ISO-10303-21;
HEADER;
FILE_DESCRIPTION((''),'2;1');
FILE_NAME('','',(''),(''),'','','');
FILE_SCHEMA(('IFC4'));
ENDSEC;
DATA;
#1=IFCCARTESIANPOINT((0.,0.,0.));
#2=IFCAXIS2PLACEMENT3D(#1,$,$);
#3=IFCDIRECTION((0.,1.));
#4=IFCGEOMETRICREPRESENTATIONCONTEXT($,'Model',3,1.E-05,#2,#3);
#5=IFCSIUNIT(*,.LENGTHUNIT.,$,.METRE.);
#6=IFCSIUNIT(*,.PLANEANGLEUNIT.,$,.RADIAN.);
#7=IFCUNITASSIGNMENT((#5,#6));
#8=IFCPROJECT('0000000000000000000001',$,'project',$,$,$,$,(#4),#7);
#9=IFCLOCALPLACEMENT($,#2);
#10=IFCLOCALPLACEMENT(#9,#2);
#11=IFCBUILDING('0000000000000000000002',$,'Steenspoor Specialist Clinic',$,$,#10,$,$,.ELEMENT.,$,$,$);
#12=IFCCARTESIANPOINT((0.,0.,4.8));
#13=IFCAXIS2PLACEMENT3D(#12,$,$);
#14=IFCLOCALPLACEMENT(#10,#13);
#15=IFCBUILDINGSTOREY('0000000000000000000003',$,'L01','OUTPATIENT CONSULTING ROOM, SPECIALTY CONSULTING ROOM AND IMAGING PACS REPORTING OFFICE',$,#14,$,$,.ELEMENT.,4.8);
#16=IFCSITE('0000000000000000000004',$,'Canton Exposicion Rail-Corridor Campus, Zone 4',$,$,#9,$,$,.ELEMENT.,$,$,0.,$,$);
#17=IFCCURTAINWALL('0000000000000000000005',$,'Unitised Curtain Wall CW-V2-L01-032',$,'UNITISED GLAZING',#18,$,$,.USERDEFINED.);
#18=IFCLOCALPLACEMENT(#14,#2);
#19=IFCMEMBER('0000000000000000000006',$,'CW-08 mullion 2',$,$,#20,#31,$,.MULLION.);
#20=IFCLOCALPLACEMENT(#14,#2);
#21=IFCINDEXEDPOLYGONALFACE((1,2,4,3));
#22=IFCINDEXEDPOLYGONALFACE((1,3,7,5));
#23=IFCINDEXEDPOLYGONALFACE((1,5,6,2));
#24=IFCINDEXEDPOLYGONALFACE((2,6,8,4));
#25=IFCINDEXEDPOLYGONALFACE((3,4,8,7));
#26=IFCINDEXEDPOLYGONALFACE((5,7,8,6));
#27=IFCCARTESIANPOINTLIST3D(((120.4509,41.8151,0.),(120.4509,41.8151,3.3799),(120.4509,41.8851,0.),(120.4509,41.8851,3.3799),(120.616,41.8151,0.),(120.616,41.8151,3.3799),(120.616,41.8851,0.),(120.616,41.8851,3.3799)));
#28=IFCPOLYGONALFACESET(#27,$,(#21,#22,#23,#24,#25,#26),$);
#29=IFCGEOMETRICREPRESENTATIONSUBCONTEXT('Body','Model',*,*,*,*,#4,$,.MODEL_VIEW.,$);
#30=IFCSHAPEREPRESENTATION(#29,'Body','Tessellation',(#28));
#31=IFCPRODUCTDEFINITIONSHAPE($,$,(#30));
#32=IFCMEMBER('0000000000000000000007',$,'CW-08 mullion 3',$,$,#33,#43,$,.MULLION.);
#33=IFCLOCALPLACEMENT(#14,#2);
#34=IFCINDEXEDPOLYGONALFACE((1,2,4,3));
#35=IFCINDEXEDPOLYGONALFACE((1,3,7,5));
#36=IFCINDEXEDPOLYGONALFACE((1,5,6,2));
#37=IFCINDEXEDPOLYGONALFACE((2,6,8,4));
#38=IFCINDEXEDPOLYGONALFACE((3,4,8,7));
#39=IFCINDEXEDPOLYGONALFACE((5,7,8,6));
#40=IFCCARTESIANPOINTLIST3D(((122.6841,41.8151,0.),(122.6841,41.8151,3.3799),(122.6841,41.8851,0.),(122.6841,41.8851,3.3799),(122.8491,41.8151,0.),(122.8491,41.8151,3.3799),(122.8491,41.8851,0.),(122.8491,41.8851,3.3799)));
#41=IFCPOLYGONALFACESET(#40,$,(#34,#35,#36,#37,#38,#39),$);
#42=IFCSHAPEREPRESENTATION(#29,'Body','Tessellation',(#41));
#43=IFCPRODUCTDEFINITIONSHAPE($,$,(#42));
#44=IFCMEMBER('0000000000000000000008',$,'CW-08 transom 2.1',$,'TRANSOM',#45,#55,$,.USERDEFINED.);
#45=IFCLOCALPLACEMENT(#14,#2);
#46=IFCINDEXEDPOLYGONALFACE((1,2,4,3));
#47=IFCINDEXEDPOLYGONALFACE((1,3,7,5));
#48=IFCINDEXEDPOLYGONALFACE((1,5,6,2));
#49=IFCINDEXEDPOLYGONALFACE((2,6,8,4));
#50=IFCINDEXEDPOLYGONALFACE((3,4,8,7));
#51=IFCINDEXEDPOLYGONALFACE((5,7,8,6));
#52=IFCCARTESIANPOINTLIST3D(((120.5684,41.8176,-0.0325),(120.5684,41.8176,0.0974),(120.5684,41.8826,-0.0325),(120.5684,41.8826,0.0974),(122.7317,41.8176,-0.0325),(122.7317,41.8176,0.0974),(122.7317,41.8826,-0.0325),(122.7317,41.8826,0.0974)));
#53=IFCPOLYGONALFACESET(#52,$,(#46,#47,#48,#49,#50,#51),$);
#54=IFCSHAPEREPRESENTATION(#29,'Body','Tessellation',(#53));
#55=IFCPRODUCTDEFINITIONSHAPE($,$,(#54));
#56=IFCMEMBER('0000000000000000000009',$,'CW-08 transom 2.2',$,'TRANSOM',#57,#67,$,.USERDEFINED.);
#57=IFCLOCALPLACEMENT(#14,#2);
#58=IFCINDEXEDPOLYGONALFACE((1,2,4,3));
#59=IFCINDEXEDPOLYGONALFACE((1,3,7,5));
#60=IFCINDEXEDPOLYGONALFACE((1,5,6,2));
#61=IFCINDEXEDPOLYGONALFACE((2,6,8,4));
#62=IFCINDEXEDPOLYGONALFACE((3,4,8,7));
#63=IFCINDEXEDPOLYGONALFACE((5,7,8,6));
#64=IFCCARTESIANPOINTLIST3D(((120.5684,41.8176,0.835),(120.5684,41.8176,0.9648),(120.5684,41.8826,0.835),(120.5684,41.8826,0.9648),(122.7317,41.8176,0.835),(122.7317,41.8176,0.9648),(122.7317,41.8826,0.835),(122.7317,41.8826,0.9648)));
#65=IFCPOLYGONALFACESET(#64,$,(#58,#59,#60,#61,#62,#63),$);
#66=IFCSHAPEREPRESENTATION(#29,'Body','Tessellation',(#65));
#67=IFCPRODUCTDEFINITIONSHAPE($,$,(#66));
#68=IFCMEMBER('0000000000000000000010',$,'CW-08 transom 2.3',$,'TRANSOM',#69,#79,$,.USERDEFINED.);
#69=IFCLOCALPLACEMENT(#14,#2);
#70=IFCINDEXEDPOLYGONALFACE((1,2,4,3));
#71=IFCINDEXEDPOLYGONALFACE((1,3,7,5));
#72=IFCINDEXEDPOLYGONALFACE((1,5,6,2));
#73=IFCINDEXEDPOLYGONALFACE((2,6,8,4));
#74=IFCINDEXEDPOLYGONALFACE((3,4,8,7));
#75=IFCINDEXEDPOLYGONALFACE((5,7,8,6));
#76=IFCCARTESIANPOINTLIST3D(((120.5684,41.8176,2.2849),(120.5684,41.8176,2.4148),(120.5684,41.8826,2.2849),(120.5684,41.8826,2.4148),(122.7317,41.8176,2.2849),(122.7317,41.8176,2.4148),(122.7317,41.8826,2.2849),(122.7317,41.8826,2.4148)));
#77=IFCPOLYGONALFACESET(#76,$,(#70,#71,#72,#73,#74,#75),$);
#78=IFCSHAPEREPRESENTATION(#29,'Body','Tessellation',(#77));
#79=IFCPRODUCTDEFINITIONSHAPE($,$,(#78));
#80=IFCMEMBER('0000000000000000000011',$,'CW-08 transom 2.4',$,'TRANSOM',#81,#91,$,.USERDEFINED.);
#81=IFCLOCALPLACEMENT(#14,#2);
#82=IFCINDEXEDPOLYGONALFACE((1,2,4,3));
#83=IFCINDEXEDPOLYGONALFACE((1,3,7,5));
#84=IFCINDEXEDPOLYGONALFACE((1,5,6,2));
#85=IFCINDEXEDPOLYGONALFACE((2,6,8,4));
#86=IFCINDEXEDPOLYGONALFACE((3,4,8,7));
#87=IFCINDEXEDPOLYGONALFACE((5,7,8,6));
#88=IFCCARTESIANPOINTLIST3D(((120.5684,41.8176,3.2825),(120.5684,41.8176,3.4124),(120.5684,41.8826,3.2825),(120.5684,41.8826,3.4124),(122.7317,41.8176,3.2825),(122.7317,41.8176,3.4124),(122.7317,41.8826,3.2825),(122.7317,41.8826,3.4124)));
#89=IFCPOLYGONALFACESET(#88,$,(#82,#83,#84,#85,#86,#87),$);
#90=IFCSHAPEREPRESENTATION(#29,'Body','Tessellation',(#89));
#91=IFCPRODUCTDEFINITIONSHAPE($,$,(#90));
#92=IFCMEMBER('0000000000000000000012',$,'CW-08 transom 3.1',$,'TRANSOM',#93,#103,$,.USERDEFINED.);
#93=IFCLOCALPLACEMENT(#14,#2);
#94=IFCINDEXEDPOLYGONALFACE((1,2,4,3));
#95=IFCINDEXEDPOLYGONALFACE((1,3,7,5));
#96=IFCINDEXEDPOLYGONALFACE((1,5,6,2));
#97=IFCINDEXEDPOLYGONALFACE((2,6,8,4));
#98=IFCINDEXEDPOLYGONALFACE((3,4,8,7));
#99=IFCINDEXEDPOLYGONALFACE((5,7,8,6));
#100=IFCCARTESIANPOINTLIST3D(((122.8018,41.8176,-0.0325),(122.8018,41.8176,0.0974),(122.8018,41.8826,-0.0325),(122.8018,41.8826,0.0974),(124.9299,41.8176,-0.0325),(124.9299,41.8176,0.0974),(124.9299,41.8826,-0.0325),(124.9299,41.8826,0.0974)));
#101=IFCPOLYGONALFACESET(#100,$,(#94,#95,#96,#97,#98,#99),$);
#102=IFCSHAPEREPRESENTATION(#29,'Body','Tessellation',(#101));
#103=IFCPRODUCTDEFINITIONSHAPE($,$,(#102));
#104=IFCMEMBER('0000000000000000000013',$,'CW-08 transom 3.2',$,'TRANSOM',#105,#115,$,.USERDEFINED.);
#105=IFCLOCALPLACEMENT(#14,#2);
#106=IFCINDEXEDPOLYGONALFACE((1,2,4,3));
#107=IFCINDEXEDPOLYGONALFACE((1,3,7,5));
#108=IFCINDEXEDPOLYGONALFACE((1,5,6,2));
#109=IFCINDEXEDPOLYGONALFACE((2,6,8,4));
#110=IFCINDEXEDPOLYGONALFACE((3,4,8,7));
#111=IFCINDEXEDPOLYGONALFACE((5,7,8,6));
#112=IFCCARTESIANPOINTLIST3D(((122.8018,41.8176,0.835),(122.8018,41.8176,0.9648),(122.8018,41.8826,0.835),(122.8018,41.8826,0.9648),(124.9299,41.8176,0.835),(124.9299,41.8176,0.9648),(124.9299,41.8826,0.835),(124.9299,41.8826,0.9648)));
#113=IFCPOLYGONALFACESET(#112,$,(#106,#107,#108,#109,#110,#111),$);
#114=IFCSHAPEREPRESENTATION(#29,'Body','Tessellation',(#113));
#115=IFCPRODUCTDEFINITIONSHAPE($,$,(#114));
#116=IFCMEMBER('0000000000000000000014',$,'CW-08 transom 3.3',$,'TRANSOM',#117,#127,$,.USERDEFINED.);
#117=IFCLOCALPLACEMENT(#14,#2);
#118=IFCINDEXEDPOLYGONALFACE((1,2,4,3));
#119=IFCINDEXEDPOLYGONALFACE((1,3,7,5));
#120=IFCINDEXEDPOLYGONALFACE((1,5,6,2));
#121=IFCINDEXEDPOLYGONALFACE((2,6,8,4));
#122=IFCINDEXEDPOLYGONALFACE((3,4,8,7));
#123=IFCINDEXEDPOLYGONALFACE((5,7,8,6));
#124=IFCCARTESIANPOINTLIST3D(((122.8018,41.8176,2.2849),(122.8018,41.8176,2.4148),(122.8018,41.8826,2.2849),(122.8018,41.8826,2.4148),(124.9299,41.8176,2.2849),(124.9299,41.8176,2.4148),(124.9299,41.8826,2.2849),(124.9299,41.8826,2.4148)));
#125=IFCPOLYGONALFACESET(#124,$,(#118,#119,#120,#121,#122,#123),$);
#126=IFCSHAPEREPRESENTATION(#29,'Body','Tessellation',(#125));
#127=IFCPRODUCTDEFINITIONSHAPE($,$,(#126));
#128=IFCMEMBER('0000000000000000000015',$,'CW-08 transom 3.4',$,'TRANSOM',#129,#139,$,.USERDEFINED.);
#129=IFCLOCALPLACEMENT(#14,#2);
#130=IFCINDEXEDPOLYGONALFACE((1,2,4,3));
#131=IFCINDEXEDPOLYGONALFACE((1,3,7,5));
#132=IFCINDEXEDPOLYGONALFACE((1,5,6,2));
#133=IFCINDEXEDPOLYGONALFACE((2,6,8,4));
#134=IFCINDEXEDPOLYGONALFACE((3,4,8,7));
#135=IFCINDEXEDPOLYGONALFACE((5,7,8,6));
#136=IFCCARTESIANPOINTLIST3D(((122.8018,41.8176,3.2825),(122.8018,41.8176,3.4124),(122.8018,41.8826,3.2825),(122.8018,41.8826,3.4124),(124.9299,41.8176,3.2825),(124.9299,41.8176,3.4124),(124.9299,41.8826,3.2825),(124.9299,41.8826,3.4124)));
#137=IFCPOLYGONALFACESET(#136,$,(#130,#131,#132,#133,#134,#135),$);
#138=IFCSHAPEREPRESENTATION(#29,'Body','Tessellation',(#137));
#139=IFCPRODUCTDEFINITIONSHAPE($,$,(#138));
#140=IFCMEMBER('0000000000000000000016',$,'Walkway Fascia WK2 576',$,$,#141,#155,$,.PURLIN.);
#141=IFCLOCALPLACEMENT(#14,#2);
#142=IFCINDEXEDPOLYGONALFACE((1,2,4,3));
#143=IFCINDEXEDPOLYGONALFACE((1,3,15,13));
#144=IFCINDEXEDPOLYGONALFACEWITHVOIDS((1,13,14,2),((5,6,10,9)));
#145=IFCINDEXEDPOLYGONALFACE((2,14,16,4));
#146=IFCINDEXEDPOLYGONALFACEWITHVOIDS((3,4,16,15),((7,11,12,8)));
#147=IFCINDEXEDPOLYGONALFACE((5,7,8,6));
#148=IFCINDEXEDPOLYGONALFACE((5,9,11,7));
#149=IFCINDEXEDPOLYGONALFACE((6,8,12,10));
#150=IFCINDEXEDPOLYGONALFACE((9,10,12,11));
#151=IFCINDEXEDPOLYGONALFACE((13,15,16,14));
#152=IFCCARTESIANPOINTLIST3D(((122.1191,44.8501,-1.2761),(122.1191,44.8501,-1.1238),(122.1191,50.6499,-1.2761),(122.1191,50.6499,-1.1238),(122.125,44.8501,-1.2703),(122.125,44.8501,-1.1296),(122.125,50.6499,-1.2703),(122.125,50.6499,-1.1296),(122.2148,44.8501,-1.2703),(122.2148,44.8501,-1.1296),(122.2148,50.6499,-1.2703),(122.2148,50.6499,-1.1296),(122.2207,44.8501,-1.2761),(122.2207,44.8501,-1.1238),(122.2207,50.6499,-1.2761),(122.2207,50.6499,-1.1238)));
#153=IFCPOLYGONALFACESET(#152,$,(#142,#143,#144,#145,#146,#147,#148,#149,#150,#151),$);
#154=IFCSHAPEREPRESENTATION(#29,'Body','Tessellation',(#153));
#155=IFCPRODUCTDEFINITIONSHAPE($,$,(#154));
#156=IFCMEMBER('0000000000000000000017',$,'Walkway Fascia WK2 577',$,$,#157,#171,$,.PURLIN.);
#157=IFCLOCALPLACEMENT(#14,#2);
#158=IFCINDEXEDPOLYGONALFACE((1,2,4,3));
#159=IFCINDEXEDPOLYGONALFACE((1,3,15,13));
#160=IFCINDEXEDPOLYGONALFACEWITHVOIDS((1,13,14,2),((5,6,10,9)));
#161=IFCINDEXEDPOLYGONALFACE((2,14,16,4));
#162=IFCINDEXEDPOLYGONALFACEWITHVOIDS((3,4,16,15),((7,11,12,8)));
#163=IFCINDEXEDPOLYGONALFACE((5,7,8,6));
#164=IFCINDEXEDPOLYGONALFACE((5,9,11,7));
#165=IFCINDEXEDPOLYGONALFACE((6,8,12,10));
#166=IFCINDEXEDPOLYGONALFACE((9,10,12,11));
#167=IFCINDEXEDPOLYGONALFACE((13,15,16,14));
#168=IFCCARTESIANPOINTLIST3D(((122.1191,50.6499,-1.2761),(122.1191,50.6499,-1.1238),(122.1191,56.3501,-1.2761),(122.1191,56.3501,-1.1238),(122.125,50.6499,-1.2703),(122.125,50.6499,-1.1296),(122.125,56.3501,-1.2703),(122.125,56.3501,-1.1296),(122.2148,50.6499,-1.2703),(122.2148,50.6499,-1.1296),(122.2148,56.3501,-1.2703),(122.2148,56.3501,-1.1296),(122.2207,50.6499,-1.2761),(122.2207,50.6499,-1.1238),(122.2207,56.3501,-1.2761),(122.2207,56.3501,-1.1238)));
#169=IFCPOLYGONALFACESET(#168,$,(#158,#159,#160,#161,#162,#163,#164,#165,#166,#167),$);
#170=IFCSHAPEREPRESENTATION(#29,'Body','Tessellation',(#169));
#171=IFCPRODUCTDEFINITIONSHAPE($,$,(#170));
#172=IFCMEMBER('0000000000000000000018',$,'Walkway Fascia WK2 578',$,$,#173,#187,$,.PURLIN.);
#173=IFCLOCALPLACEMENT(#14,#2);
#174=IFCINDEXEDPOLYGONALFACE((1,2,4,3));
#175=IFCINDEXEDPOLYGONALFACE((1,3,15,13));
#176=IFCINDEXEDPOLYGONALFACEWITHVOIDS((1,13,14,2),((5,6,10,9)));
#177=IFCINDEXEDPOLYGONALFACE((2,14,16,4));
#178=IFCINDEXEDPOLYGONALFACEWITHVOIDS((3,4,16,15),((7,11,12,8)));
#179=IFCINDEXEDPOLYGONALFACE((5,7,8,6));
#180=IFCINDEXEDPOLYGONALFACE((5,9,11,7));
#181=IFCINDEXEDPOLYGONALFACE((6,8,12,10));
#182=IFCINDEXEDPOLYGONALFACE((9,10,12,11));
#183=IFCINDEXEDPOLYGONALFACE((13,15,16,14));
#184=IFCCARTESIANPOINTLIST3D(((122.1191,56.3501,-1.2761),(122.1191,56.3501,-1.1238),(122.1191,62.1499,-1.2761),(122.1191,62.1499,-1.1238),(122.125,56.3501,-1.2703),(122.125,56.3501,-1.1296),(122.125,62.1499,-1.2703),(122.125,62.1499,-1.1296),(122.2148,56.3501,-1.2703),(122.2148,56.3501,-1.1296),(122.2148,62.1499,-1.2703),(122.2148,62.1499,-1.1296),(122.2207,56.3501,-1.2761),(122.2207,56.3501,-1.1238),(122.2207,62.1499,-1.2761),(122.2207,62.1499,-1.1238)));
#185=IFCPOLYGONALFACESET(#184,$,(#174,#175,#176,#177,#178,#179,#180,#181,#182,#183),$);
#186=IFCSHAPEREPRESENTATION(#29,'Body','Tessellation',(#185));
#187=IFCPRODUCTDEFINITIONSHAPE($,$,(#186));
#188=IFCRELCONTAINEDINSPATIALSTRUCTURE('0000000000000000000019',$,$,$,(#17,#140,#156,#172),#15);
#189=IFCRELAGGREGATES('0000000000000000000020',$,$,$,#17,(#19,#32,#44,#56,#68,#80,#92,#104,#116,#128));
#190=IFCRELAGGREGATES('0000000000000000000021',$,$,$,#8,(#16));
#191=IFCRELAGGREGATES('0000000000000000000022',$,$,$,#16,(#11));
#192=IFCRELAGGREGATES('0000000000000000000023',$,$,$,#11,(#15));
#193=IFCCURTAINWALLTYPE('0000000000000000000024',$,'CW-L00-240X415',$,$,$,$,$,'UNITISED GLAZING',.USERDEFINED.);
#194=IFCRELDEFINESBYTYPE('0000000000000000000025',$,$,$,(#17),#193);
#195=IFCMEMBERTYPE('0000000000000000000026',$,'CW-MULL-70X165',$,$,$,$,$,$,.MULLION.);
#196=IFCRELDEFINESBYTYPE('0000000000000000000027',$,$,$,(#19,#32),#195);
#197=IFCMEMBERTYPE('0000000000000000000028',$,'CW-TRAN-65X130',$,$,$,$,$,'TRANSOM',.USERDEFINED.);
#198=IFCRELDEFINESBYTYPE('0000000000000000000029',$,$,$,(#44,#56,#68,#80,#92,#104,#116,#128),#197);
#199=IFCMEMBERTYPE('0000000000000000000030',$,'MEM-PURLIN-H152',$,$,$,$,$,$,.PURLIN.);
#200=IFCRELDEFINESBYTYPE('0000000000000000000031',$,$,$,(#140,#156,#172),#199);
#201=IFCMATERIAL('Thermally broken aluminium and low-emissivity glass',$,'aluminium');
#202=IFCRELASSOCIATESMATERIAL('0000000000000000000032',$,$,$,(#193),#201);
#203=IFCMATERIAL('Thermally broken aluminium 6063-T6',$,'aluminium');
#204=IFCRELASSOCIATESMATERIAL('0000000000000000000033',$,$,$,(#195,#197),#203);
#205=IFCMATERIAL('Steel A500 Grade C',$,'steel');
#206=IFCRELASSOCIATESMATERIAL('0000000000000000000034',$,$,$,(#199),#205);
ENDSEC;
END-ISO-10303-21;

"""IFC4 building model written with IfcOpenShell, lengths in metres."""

from ifc_helpers import new_model, si_unit, direction, frame, origin, origin_2d, place, context, subcontext, project, spatial, rectangle, hollow_rectangle, extrude, material, material_profile, profile_set, type_object, element, aggregate, save


model = new_model("IFC4")

# Units and contexts
model_context = context("Model", 3, precision=1e-05, world=origin(), true_north=direction((0.0, 1.0)))
body_context = subcontext(model_context, "Body", "Model", "MODEL_VIEW")
ifc_project = project(units=[si_unit("LENGTHUNIT", "METRE"), si_unit("PLANEANGLEUNIT", "RADIAN")], contexts=[model_context])

# Site, building, storey
site_placement = place(None, origin())
site = spatial("IfcSite", under=ifc_project, at=site_placement, Name="Canton Exposicion Rail-Corridor Campus, Zone 4", CompositionType="ELEMENT", RefElevation=0.0)
building_placement = place(site_placement, origin())
building = spatial("IfcBuilding", under=site, at=building_placement, Name="Steenspoor Specialist Clinic", CompositionType="ELEMENT")
storey_placement = place(building_placement, frame((0.0, 0.0, 4.8)))
storey = spatial("IfcBuildingStorey", under=building, at=storey_placement, Name="L01", Description="OUTPATIENT CONSULTING ROOM, SPECIALTY CONSULTING ROOM AND IMAGING PACS REPORTING OFFICE", CompositionType="ELEMENT", Elevation=4.8)

# Curtain wall, members
ifc_material_1 = material(Name="Thermally broken aluminium and low-emissivity glass", Category="aluminium")
curtain_wall_type = type_object("IfcCurtainWallType", Name="CW-L00-240X415", ElementType="UNITISED GLAZING", PredefinedType="USERDEFINED", material=ifc_material_1)
curtain_wall_placement = place(storey_placement, origin())
curtain_wall = element("IfcCurtainWall", 1, at=curtain_wall_placement, inside=storey, type_object=curtain_wall_type, Name="Unitised Curtain Wall CW-V2-L01-032", ObjectType="UNITISED GLAZING", PredefinedType="USERDEFINED")
ifc_material_2 = material(Name="Thermally broken aluminium 6063-T6", Category="aluminium")
ifc_material_profile_1 = material_profile(ifc_material_2, rectangle(XDim=0.0701, YDim=0.165, at=origin_2d()), Name="CWM-70X165")
ifc_profile_set_1 = profile_set([ifc_material_profile_1], Name="Thermally broken aluminium 6063-T6")
member_type_1 = type_object("IfcMemberType", Name="CW-MULL-70X165", PredefinedType="MULLION", material=ifc_profile_set_1)
member_1_placement = place(storey_placement, frame((120.5334, 41.8501, 0.0), z_axis=(0.0, 0.0, 1.0), x_axis=(0.0, 1.0, 0.0)))
member_1 = element("IfcMember", 2, at=member_1_placement, type_object=member_type_1, Name="CW-08 mullion 2", PredefinedType="MULLION", context=body_context, shape_type="SweptSolid", body=[
    extrude(rectangle(XDim=0.0701, YDim=0.165, at=origin_2d()), origin(), (0.0, 0.0, 1.0), 3.3799),
])
member_2_placement = place(storey_placement, frame((122.7666, 41.8501, 0.0), z_axis=(0.0, 0.0, 1.0), x_axis=(0.0, 1.0, 0.0)))
member_2 = element("IfcMember", 3, at=member_2_placement, type_object=member_type_1, Name="CW-08 mullion 3", PredefinedType="MULLION", context=body_context, shape_type="SweptSolid", body=[
    extrude(rectangle(XDim=0.0701, YDim=0.165, at=origin_2d()), origin(), (0.0, 0.0, 1.0), 3.3799),
])
ifc_material_profile_2 = material_profile(ifc_material_2, rectangle(XDim=0.0649, YDim=0.1299, at=origin_2d()), Name="CWT-65X130")
ifc_profile_set_2 = profile_set([ifc_material_profile_2], Name="Thermally broken aluminium 6063-T6")
member_type_2 = type_object("IfcMemberType", Name="CW-TRAN-65X130", ElementType="TRANSOM", PredefinedType="USERDEFINED", material=ifc_profile_set_2)
member_3_placement = place(storey_placement, frame((120.5684, 41.8501, 0.0325), z_axis=(1.0, 0.0, 0.0), x_axis=(0.0, 1.0, 0.0)))
member_3 = element("IfcMember", 4, at=member_3_placement, type_object=member_type_2, Name="CW-08 transom 2.1", ObjectType="TRANSOM", PredefinedType="USERDEFINED", context=body_context, shape_type="SweptSolid", body=[
    extrude(rectangle(XDim=0.0649, YDim=0.1299, at=origin_2d()), origin(), (0.0, 0.0, 1.0), 2.1633),
])
member_4_placement = place(storey_placement, frame((120.5684, 41.8501, 0.8999), z_axis=(1.0, 0.0, 0.0), x_axis=(0.0, 1.0, 0.0)))
member_4 = element("IfcMember", 5, at=member_4_placement, type_object=member_type_2, Name="CW-08 transom 2.2", ObjectType="TRANSOM", PredefinedType="USERDEFINED", context=body_context, shape_type="SweptSolid", body=[
    extrude(rectangle(XDim=0.0649, YDim=0.1299, at=origin_2d()), origin(), (0.0, 0.0, 1.0), 2.1633),
])
member_5_placement = place(storey_placement, frame((120.5684, 41.8501, 2.3499), z_axis=(1.0, 0.0, 0.0), x_axis=(0.0, 1.0, 0.0)))
member_5 = element("IfcMember", 6, at=member_5_placement, type_object=member_type_2, Name="CW-08 transom 2.3", ObjectType="TRANSOM", PredefinedType="USERDEFINED", context=body_context, shape_type="SweptSolid", body=[
    extrude(rectangle(XDim=0.0649, YDim=0.1299, at=origin_2d()), origin(), (0.0, 0.0, 1.0), 2.1633),
])
member_6_placement = place(storey_placement, frame((120.5684, 41.8501, 3.3474), z_axis=(1.0, 0.0, 0.0), x_axis=(0.0, 1.0, 0.0)))
member_6 = element("IfcMember", 7, at=member_6_placement, type_object=member_type_2, Name="CW-08 transom 2.4", ObjectType="TRANSOM", PredefinedType="USERDEFINED", context=body_context, shape_type="SweptSolid", body=[
    extrude(rectangle(XDim=0.0649, YDim=0.1299, at=origin_2d()), origin(), (0.0, 0.0, 1.0), 2.1633),
])
member_7_placement = place(storey_placement, frame((122.8018, 41.8501, 0.0325), z_axis=(1.0, 0.0, 0.0), x_axis=(0.0, 1.0, 0.0)))
member_7 = element("IfcMember", 8, at=member_7_placement, type_object=member_type_2, Name="CW-08 transom 3.1", ObjectType="TRANSOM", PredefinedType="USERDEFINED", context=body_context, shape_type="SweptSolid", body=[
    extrude(rectangle(XDim=0.0649, YDim=0.1299, at=origin_2d()), origin(), (0.0, 0.0, 1.0), 2.1282),
])
member_8_placement = place(storey_placement, frame((122.8018, 41.8501, 0.8999), z_axis=(1.0, 0.0, 0.0), x_axis=(0.0, 1.0, 0.0)))
member_8 = element("IfcMember", 9, at=member_8_placement, type_object=member_type_2, Name="CW-08 transom 3.2", ObjectType="TRANSOM", PredefinedType="USERDEFINED", context=body_context, shape_type="SweptSolid", body=[
    extrude(rectangle(XDim=0.0649, YDim=0.1299, at=origin_2d()), origin(), (0.0, 0.0, 1.0), 2.1282),
])
member_9_placement = place(storey_placement, frame((122.8018, 41.8501, 2.3499), z_axis=(1.0, 0.0, 0.0), x_axis=(0.0, 1.0, 0.0)))
member_9 = element("IfcMember", 10, at=member_9_placement, type_object=member_type_2, Name="CW-08 transom 3.3", ObjectType="TRANSOM", PredefinedType="USERDEFINED", context=body_context, shape_type="SweptSolid", body=[
    extrude(rectangle(XDim=0.0649, YDim=0.1299, at=origin_2d()), origin(), (0.0, 0.0, 1.0), 2.1282),
])
member_10_placement = place(storey_placement, frame((122.8018, 41.8501, 3.3474), z_axis=(1.0, 0.0, 0.0), x_axis=(0.0, 1.0, 0.0)))
member_10 = element("IfcMember", 11, at=member_10_placement, type_object=member_type_2, Name="CW-08 transom 3.4", ObjectType="TRANSOM", PredefinedType="USERDEFINED", context=body_context, shape_type="SweptSolid", body=[
    extrude(rectangle(XDim=0.0649, YDim=0.1299, at=origin_2d()), origin(), (0.0, 0.0, 1.0), 2.1282),
])

# Members
ifc_material_3 = material(Name="Steel A500 Grade C", Category="steel")
ifc_material_profile_3 = material_profile(ifc_material_3, hollow_rectangle(XDim=0.1016, YDim=0.1523, WallThickness=0.0059, at=origin_2d()), Name="HSS152X102X6.4")
ifc_profile_set_3 = profile_set([ifc_material_profile_3], Name="Steel A500 Grade C")
member_type_3 = type_object("IfcMemberType", Name="MEM-PURLIN-H152", PredefinedType="PURLIN", material=ifc_profile_set_3)
member_11_placement = place(storey_placement, frame((122.1699, 44.8501, -1.2), z_axis=(0.0, 1.0, 0.0), x_axis=(-1.0, 0.0, 0.0)))
element("IfcMember", 12, at=member_11_placement, inside=storey, type_object=member_type_3, Name="Walkway Fascia WK2 576", PredefinedType="PURLIN", context=body_context, shape_type="SweptSolid", body=[
    extrude(hollow_rectangle(XDim=0.1016, YDim=0.1523, WallThickness=0.0059, at=origin_2d()), origin(), (0.0, 0.0, 1.0), 5.7998),
])
member_12_placement = place(storey_placement, frame((122.1699, 50.6499, -1.2), z_axis=(0.0, 1.0, 0.0), x_axis=(-1.0, 0.0, 0.0)))
element("IfcMember", 13, at=member_12_placement, inside=storey, type_object=member_type_3, Name="Walkway Fascia WK2 577", PredefinedType="PURLIN", context=body_context, shape_type="SweptSolid", body=[
    extrude(hollow_rectangle(XDim=0.1016, YDim=0.1523, WallThickness=0.0059, at=origin_2d()), origin(), (0.0, 0.0, 1.0), 5.7002),
])
member_13_placement = place(storey_placement, frame((122.1699, 56.3501, -1.2), z_axis=(0.0, 1.0, 0.0), x_axis=(-1.0, 0.0, 0.0)))
element("IfcMember", 14, at=member_13_placement, inside=storey, type_object=member_type_3, Name="Walkway Fascia WK2 578", PredefinedType="PURLIN", context=body_context, shape_type="SweptSolid", body=[
    extrude(hollow_rectangle(XDim=0.1016, YDim=0.1523, WallThickness=0.0059, at=origin_2d()), origin(), (0.0, 0.0, 1.0), 5.7998),
])

aggregate(curtain_wall, [member_1, member_2, member_3, member_4, member_5, member_6, member_7, member_8, member_9, member_10])

save(model, "model.ifc")
